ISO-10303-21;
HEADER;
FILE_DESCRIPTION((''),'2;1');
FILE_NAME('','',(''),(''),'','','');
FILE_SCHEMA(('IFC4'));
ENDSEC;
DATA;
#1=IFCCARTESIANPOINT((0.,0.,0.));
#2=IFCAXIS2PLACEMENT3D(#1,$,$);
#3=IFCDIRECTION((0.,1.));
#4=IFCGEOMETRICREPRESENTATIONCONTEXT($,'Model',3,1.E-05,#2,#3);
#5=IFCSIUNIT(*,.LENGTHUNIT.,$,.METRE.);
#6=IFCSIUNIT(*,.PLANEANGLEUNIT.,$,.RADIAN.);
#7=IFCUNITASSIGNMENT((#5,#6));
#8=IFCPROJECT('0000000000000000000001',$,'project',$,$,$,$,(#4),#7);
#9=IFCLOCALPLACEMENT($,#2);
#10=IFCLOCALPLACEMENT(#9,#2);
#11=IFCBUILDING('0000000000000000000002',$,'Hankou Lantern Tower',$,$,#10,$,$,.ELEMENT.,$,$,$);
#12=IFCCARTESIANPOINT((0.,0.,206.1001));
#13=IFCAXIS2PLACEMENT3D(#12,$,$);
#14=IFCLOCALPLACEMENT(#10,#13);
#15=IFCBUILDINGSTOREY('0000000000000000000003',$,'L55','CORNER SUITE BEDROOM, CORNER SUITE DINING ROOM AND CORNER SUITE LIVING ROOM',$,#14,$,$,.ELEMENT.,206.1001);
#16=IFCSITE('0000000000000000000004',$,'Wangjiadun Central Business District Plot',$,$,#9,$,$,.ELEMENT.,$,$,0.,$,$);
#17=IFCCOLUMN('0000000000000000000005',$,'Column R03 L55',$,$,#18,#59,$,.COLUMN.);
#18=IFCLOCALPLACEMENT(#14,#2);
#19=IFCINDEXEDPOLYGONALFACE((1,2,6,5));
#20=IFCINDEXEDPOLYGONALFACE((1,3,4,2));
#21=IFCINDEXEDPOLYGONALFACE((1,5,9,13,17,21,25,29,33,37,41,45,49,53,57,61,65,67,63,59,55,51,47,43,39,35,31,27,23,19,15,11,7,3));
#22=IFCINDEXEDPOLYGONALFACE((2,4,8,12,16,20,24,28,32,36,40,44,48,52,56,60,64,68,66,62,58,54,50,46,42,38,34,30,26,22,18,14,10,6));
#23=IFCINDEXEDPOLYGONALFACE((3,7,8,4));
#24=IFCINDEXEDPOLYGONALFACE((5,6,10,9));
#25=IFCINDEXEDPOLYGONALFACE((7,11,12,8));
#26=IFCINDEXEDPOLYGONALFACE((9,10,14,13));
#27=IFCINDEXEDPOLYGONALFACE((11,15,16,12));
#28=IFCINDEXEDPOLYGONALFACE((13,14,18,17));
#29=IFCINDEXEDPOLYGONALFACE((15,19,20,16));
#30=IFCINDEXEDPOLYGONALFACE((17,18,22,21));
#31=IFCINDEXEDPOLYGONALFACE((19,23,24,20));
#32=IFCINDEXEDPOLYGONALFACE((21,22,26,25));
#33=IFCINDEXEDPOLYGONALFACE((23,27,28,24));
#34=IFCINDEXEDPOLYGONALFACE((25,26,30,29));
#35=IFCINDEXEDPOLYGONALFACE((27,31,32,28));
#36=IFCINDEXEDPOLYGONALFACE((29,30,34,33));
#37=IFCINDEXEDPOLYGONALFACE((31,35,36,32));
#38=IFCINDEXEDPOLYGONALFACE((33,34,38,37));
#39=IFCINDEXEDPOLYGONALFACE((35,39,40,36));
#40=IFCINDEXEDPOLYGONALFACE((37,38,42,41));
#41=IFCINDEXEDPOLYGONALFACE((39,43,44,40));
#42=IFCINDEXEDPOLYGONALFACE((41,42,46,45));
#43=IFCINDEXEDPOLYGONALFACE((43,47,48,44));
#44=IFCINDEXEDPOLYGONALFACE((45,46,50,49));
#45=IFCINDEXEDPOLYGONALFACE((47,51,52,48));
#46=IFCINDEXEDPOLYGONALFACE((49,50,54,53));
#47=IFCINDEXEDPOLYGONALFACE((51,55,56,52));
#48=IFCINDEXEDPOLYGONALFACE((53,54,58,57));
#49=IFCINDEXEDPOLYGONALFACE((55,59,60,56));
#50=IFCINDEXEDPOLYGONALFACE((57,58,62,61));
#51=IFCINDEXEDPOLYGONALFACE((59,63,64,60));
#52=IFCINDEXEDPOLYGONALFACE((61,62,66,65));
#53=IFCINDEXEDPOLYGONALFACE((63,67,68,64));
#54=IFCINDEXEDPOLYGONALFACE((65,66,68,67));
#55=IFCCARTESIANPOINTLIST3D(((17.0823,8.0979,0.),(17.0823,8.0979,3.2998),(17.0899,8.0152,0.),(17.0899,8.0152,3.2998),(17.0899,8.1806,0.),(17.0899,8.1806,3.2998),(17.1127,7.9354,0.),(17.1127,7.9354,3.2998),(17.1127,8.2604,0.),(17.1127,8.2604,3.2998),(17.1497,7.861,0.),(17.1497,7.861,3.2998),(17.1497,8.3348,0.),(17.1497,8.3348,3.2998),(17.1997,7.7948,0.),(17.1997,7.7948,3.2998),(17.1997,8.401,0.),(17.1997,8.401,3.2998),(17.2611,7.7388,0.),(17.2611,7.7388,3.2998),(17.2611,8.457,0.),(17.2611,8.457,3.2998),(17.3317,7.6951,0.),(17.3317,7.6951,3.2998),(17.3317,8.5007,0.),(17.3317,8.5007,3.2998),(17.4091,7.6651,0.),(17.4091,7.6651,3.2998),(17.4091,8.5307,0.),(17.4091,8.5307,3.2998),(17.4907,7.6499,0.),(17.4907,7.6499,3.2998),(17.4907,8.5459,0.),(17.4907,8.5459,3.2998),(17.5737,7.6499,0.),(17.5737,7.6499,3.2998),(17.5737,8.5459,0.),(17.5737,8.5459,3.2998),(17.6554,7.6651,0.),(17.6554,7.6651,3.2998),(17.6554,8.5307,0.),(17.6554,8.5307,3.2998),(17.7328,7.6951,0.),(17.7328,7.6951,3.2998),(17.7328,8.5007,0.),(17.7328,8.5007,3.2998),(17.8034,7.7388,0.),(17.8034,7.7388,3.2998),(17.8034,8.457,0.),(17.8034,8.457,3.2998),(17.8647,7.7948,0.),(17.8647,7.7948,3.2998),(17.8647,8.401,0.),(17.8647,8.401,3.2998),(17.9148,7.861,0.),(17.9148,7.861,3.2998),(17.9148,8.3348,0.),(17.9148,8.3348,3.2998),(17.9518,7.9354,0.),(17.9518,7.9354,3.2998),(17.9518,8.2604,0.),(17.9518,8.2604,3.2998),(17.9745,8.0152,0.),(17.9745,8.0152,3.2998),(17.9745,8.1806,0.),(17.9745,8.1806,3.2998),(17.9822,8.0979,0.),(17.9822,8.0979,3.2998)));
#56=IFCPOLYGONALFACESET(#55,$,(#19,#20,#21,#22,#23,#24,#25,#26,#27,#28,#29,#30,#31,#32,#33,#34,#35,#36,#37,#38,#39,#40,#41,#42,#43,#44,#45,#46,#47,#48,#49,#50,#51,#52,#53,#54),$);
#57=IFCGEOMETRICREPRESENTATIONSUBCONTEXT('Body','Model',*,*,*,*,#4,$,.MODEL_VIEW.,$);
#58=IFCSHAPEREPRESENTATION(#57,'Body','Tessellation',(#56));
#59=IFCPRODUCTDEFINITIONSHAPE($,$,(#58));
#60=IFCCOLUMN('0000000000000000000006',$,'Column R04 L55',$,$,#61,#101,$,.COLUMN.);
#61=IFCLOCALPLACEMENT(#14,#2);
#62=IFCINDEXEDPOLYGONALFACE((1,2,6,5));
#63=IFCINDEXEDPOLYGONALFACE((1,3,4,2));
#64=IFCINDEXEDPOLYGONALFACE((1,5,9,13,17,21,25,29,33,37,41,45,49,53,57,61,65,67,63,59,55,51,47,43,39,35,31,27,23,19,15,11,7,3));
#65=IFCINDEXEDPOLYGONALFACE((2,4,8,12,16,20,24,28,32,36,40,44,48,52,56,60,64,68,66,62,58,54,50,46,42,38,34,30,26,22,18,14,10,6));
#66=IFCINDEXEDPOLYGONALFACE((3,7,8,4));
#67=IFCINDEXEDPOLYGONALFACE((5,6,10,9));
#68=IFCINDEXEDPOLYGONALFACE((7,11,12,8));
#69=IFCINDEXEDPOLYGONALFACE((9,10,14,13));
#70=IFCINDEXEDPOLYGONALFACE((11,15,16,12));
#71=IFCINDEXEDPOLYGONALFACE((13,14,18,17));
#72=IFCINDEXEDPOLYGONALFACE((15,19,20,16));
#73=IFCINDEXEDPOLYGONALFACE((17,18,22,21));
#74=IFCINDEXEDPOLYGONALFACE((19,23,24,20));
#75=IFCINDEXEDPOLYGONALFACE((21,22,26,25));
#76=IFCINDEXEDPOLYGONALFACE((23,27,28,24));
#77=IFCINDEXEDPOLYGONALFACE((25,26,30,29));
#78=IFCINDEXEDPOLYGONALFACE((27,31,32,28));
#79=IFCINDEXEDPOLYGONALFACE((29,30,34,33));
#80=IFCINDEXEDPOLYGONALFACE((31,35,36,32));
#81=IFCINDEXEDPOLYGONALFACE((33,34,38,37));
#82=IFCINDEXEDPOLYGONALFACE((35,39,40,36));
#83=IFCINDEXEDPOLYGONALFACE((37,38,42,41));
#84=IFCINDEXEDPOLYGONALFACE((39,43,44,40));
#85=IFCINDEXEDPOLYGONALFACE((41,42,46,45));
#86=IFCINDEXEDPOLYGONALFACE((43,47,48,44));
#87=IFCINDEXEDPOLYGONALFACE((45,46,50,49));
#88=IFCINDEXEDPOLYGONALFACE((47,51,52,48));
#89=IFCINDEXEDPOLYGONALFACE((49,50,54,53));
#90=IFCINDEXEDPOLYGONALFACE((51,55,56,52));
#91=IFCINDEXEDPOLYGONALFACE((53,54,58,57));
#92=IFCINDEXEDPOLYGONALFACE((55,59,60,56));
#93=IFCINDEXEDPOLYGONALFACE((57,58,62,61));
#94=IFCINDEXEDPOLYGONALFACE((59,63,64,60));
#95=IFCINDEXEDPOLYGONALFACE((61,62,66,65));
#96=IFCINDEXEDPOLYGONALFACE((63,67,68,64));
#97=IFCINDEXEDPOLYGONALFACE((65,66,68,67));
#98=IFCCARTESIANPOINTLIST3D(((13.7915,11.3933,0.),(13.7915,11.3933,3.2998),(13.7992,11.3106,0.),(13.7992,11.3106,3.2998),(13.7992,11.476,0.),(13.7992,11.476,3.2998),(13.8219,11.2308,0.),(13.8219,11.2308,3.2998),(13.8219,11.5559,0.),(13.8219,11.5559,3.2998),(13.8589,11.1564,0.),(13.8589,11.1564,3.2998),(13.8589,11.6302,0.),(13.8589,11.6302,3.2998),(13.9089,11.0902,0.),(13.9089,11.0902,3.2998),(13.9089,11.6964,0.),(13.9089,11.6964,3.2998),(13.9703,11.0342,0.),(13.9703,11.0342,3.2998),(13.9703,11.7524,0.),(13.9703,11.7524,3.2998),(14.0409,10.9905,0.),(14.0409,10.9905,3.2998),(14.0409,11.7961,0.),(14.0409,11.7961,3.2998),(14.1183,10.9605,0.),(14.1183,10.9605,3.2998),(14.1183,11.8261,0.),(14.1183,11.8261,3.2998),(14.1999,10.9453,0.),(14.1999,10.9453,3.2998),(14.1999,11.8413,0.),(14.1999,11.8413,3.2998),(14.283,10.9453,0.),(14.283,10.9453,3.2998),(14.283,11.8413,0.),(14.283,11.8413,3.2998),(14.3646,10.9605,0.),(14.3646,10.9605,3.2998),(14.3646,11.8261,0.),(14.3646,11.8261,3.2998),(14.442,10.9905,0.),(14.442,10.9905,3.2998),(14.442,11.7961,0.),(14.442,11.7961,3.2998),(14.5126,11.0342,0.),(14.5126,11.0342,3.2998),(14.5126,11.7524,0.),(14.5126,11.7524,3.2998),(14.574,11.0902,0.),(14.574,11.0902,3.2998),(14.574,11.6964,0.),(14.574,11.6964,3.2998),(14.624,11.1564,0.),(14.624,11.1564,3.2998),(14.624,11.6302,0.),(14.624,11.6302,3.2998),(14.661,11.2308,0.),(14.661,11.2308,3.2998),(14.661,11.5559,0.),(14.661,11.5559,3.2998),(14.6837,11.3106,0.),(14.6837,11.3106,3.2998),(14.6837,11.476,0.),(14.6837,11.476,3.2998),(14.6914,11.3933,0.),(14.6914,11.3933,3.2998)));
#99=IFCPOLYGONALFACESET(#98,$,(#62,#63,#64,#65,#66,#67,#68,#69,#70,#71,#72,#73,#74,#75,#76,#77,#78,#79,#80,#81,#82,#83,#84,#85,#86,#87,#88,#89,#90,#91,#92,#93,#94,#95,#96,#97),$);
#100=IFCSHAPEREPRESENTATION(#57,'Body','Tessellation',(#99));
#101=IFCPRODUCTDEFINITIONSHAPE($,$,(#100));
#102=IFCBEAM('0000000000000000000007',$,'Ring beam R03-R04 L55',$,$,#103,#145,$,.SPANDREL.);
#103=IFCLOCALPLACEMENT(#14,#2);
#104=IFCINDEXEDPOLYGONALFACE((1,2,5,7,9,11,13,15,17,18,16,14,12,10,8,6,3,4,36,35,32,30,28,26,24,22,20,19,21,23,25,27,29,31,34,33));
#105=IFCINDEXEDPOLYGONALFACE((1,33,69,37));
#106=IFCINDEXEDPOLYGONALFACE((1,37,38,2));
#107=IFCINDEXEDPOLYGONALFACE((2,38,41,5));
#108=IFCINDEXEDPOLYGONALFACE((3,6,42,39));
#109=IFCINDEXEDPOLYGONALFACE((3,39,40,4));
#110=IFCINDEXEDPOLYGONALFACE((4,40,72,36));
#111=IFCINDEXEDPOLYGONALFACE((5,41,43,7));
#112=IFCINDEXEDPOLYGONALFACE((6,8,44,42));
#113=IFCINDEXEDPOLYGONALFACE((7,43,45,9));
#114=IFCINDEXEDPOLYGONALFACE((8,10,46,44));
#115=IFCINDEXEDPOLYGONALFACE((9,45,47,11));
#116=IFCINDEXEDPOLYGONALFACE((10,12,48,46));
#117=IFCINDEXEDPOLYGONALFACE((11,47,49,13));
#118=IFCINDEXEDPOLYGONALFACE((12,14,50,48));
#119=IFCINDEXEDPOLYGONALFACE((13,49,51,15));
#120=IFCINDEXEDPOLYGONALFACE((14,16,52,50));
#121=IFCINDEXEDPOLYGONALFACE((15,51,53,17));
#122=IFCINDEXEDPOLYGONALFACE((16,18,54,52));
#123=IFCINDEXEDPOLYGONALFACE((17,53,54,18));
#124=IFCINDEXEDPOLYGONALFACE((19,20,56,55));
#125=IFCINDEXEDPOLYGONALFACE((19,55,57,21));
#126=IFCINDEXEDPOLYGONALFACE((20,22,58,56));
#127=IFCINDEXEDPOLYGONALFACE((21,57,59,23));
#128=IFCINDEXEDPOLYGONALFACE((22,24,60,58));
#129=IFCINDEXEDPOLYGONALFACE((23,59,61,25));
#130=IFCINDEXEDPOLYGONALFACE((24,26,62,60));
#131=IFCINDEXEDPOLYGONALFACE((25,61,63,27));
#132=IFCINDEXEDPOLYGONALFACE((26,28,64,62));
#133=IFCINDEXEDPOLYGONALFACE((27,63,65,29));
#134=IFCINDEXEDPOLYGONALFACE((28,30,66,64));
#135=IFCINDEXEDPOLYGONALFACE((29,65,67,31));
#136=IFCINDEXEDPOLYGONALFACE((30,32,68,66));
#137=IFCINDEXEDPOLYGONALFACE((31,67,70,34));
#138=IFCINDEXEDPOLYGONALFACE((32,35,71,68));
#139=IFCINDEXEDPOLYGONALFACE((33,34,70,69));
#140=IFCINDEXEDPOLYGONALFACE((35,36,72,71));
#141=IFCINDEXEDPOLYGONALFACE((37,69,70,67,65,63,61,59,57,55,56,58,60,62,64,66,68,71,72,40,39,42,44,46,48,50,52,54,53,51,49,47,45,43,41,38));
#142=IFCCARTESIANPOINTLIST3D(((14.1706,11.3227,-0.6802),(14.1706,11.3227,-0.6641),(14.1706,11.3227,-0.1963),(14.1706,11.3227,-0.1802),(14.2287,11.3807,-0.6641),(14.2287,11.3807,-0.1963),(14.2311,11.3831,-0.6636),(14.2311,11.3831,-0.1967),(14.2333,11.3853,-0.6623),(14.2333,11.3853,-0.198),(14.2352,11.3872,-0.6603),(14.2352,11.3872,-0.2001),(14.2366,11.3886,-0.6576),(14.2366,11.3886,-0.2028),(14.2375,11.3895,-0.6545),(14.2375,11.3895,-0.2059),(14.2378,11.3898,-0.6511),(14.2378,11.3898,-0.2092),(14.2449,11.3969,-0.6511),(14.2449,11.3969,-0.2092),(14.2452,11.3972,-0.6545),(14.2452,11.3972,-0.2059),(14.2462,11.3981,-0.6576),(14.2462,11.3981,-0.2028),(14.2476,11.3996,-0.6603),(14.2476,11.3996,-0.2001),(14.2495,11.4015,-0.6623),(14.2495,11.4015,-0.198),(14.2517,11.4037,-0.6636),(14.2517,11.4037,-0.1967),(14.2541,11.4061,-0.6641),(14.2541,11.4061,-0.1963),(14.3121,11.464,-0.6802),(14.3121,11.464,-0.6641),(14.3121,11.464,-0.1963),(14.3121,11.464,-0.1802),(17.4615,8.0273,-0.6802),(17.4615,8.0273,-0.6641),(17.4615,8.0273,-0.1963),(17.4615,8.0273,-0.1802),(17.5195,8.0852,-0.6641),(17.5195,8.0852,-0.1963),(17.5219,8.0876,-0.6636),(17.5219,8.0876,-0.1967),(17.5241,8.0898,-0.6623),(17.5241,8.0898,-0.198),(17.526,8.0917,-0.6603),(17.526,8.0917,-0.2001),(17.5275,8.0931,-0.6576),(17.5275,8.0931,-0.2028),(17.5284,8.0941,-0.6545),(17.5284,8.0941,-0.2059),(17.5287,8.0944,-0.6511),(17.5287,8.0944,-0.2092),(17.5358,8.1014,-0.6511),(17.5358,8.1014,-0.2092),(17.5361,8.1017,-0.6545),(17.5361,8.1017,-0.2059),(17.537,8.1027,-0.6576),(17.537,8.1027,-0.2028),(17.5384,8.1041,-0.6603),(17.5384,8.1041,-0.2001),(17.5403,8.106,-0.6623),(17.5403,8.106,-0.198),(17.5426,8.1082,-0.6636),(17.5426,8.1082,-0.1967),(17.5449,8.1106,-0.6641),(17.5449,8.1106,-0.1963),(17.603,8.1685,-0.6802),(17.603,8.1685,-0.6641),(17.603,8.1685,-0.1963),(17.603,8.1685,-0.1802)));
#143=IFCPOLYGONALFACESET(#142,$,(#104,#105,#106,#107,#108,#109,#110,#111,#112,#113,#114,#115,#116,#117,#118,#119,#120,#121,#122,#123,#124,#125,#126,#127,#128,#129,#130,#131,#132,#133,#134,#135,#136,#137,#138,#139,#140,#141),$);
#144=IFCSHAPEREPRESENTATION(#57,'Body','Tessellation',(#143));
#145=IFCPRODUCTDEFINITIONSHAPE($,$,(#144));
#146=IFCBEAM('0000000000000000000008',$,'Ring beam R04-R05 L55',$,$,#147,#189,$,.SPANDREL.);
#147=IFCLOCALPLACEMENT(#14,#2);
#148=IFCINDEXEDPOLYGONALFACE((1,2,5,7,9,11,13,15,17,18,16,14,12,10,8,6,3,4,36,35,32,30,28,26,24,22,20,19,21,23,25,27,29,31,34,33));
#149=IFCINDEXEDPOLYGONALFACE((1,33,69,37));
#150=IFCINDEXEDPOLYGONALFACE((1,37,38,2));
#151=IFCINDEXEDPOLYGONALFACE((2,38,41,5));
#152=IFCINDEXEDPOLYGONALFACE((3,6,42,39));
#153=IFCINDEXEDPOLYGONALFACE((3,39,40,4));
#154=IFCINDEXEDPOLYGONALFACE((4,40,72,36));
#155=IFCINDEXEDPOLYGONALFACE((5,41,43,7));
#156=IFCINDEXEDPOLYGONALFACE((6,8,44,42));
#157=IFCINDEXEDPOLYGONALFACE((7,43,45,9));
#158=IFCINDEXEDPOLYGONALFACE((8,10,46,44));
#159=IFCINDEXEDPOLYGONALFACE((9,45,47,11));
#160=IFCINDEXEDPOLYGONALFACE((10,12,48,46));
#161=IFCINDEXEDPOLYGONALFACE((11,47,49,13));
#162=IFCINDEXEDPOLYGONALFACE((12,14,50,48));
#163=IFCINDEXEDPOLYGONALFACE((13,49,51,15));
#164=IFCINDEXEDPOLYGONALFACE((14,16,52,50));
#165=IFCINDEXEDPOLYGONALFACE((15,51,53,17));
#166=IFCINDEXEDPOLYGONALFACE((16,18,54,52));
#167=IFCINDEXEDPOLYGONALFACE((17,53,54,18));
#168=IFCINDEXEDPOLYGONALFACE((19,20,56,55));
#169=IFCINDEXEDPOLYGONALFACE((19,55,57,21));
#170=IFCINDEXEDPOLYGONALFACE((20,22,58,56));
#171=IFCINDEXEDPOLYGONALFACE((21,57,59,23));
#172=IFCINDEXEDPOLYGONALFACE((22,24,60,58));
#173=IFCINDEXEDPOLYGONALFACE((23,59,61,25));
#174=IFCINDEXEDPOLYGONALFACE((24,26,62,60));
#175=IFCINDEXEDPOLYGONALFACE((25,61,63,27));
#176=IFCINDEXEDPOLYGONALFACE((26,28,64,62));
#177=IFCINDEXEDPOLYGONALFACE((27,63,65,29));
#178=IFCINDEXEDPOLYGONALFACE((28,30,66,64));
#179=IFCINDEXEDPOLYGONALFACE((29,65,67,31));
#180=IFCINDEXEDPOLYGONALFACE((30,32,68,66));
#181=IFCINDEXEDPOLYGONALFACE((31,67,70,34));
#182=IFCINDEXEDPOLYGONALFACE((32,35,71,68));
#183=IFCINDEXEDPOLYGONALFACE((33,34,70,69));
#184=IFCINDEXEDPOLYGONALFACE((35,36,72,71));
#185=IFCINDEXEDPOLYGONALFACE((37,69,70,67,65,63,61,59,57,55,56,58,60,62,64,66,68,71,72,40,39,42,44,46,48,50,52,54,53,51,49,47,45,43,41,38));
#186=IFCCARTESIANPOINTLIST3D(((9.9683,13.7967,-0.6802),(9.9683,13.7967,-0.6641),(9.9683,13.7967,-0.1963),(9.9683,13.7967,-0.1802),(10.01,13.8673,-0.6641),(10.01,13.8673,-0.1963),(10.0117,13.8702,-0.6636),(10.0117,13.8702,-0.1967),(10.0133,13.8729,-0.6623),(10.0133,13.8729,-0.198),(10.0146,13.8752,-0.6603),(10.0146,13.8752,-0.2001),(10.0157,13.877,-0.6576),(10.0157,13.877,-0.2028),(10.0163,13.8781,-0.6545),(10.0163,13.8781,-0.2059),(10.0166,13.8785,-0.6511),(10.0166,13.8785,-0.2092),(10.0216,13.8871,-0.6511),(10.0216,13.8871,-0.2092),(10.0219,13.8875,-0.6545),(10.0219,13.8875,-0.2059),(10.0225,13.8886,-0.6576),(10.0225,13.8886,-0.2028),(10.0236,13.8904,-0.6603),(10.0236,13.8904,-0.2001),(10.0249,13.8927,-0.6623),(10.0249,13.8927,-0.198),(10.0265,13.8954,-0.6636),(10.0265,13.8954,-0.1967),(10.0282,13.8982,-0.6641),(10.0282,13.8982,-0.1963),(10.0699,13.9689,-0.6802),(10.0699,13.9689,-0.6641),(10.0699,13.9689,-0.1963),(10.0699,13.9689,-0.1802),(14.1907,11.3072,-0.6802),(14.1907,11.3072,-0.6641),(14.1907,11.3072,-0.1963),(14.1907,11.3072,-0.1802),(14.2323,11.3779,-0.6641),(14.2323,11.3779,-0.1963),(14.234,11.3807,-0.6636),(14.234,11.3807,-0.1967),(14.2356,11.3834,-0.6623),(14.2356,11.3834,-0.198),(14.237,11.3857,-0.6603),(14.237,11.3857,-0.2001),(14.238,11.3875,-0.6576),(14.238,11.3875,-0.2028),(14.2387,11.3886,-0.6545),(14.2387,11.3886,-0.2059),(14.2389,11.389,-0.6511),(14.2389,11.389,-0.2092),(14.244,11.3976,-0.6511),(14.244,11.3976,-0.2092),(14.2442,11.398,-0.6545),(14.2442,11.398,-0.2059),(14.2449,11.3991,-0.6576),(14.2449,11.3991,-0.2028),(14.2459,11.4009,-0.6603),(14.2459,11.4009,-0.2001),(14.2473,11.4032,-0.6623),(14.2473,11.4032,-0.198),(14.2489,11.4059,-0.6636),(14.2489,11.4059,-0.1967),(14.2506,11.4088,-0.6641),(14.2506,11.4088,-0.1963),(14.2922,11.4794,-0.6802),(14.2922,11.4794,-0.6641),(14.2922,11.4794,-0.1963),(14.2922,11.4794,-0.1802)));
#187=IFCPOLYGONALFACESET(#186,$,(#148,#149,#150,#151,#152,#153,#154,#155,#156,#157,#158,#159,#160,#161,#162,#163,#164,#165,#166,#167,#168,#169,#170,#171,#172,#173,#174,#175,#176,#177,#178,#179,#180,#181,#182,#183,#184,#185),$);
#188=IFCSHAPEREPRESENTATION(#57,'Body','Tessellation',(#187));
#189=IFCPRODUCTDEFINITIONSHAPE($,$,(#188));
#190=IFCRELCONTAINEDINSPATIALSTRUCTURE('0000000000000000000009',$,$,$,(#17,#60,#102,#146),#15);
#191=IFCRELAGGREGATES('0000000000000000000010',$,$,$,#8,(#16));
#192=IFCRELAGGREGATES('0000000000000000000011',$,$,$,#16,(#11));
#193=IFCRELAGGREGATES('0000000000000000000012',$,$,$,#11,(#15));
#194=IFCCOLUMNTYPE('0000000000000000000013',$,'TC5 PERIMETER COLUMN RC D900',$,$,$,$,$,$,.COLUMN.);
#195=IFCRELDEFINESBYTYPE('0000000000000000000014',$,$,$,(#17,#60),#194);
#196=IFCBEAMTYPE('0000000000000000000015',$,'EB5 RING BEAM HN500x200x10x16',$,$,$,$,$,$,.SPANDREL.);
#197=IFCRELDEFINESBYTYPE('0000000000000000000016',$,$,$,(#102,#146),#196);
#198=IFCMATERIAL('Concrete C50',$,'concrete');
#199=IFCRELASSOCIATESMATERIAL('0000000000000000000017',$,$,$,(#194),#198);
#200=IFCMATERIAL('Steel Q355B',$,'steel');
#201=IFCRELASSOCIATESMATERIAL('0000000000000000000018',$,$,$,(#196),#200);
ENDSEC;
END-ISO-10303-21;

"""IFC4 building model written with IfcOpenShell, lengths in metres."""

from ifc_helpers import new_model, si_unit, direction, frame, origin, origin_2d, place, context, subcontext, project, spatial, circle, i_section, extrude, material, material_profile, profile_set, type_object, element, save


model = new_model("IFC4")

# Units and contexts
model_context = context("Model", 3, precision=1e-05, world=origin(), true_north=direction((0.0, 1.0)))
body_context = subcontext(model_context, "Body", "Model", "MODEL_VIEW")
ifc_project = project(units=[si_unit("LENGTHUNIT", "METRE"), si_unit("PLANEANGLEUNIT", "RADIAN")], contexts=[model_context])

# Site, building, storey
site_placement = place(None, origin())
site = spatial("IfcSite", under=ifc_project, at=site_placement, Name="Wangjiadun Central Business District Plot", CompositionType="ELEMENT", RefElevation=0.0)
building_placement = place(site_placement, origin())
building = spatial("IfcBuilding", under=site, at=building_placement, Name="Hankou Lantern Tower", CompositionType="ELEMENT")
storey_placement = place(building_placement, frame((0.0, 0.0, 206.1001)))
storey = spatial("IfcBuildingStorey", under=building, at=storey_placement, Name="L55", Description="CORNER SUITE BEDROOM, CORNER SUITE DINING ROOM AND CORNER SUITE LIVING ROOM", CompositionType="ELEMENT", Elevation=206.1001)

# Columns
ifc_material_1 = material(Name="Concrete C50", Category="concrete")
ifc_material_profile_1 = material_profile(ifc_material_1, circle(Radius=0.45, at=origin_2d()), Name="RC D900")
ifc_profile_set_1 = profile_set([ifc_material_profile_1], Name="Concrete C50")
column_type = type_object("IfcColumnType", Name="TC5 PERIMETER COLUMN RC D900", PredefinedType="COLUMN", material=ifc_profile_set_1)
for number, where, z_axis, x_axis, name in (
    (1, (17.5322, 8.0979, 0.0), (0.0, 0.0, 1.0), (1.0, 0.0, 0.0), "Column R03 L55"),
    (2, (14.2415, 11.3933, 0.0), (0.0, 0.0, 1.0), (1.0, 0.0, 0.0), "Column R04 L55"),
):
    element("IfcColumn", number, at=place(storey_placement, frame(where, z_axis=z_axis, x_axis=x_axis)), inside=storey, type_object=column_type, Name=name, PredefinedType="COLUMN", context=body_context, shape_type="SweptSolid", body=[
        extrude(circle(Radius=0.45, at=origin_2d()), origin(), (0.0, 0.0, 1.0), 3.2998),
    ])

# Beams
ifc_material_2 = material(Name="Steel Q355B", Category="steel")
ifc_material_profile_2 = material_profile(ifc_material_2, i_section(OverallWidth=0.2, OverallDepth=0.5, WebThickness=0.01, FlangeThickness=0.0161, FilletRadius=0.0129, at=origin_2d()), Name="HN500x200x10x16")
ifc_profile_set_2 = profile_set([ifc_material_profile_2], Name="Steel Q355B")
beam_type_1 = type_object("IfcBeamType", Name="EB5 RING BEAM HN500x200x10x16", PredefinedType="SPANDREL", material=ifc_profile_set_2)
beam_1_placement = place(storey_placement, frame((17.5322, 8.0979, -0.4302), z_axis=(-0.706609, 0.707605, 0.0), x_axis=(-0.707605, -0.706609, 0.0)))
element("IfcBeam", 3, at=beam_1_placement, inside=storey, type_object=beam_type_1, Name="Ring beam R03-R04 L55", PredefinedType="SPANDREL", context=body_context, shape_type="SweptSolid", body=[
    extrude(i_section(OverallWidth=0.2, OverallDepth=0.5, WebThickness=0.01, FlangeThickness=0.0161, FilletRadius=0.0129, at=origin_2d()), origin(), (0.0, 0.0, 1.0), 4.6572),
])
beam_2_placement = place(storey_placement, frame((14.2415, 11.3933, -0.4302), z_axis=(-0.861423, 0.507888, 0.0), x_axis=(-0.507888, -0.861423, 0.0)))
element("IfcBeam", 4, at=beam_2_placement, inside=storey, type_object=beam_type_1, Name="Ring beam R04-R05 L55", PredefinedType="SPANDREL", context=body_context, shape_type="SweptSolid", body=[
    extrude(i_section(OverallWidth=0.2, OverallDepth=0.5, WebThickness=0.01, FlangeThickness=0.0161, FilletRadius=0.0129, at=origin_2d()), origin(), (0.0, 0.0, 1.0), 4.9016),
])

save(model, "model.ifc")
